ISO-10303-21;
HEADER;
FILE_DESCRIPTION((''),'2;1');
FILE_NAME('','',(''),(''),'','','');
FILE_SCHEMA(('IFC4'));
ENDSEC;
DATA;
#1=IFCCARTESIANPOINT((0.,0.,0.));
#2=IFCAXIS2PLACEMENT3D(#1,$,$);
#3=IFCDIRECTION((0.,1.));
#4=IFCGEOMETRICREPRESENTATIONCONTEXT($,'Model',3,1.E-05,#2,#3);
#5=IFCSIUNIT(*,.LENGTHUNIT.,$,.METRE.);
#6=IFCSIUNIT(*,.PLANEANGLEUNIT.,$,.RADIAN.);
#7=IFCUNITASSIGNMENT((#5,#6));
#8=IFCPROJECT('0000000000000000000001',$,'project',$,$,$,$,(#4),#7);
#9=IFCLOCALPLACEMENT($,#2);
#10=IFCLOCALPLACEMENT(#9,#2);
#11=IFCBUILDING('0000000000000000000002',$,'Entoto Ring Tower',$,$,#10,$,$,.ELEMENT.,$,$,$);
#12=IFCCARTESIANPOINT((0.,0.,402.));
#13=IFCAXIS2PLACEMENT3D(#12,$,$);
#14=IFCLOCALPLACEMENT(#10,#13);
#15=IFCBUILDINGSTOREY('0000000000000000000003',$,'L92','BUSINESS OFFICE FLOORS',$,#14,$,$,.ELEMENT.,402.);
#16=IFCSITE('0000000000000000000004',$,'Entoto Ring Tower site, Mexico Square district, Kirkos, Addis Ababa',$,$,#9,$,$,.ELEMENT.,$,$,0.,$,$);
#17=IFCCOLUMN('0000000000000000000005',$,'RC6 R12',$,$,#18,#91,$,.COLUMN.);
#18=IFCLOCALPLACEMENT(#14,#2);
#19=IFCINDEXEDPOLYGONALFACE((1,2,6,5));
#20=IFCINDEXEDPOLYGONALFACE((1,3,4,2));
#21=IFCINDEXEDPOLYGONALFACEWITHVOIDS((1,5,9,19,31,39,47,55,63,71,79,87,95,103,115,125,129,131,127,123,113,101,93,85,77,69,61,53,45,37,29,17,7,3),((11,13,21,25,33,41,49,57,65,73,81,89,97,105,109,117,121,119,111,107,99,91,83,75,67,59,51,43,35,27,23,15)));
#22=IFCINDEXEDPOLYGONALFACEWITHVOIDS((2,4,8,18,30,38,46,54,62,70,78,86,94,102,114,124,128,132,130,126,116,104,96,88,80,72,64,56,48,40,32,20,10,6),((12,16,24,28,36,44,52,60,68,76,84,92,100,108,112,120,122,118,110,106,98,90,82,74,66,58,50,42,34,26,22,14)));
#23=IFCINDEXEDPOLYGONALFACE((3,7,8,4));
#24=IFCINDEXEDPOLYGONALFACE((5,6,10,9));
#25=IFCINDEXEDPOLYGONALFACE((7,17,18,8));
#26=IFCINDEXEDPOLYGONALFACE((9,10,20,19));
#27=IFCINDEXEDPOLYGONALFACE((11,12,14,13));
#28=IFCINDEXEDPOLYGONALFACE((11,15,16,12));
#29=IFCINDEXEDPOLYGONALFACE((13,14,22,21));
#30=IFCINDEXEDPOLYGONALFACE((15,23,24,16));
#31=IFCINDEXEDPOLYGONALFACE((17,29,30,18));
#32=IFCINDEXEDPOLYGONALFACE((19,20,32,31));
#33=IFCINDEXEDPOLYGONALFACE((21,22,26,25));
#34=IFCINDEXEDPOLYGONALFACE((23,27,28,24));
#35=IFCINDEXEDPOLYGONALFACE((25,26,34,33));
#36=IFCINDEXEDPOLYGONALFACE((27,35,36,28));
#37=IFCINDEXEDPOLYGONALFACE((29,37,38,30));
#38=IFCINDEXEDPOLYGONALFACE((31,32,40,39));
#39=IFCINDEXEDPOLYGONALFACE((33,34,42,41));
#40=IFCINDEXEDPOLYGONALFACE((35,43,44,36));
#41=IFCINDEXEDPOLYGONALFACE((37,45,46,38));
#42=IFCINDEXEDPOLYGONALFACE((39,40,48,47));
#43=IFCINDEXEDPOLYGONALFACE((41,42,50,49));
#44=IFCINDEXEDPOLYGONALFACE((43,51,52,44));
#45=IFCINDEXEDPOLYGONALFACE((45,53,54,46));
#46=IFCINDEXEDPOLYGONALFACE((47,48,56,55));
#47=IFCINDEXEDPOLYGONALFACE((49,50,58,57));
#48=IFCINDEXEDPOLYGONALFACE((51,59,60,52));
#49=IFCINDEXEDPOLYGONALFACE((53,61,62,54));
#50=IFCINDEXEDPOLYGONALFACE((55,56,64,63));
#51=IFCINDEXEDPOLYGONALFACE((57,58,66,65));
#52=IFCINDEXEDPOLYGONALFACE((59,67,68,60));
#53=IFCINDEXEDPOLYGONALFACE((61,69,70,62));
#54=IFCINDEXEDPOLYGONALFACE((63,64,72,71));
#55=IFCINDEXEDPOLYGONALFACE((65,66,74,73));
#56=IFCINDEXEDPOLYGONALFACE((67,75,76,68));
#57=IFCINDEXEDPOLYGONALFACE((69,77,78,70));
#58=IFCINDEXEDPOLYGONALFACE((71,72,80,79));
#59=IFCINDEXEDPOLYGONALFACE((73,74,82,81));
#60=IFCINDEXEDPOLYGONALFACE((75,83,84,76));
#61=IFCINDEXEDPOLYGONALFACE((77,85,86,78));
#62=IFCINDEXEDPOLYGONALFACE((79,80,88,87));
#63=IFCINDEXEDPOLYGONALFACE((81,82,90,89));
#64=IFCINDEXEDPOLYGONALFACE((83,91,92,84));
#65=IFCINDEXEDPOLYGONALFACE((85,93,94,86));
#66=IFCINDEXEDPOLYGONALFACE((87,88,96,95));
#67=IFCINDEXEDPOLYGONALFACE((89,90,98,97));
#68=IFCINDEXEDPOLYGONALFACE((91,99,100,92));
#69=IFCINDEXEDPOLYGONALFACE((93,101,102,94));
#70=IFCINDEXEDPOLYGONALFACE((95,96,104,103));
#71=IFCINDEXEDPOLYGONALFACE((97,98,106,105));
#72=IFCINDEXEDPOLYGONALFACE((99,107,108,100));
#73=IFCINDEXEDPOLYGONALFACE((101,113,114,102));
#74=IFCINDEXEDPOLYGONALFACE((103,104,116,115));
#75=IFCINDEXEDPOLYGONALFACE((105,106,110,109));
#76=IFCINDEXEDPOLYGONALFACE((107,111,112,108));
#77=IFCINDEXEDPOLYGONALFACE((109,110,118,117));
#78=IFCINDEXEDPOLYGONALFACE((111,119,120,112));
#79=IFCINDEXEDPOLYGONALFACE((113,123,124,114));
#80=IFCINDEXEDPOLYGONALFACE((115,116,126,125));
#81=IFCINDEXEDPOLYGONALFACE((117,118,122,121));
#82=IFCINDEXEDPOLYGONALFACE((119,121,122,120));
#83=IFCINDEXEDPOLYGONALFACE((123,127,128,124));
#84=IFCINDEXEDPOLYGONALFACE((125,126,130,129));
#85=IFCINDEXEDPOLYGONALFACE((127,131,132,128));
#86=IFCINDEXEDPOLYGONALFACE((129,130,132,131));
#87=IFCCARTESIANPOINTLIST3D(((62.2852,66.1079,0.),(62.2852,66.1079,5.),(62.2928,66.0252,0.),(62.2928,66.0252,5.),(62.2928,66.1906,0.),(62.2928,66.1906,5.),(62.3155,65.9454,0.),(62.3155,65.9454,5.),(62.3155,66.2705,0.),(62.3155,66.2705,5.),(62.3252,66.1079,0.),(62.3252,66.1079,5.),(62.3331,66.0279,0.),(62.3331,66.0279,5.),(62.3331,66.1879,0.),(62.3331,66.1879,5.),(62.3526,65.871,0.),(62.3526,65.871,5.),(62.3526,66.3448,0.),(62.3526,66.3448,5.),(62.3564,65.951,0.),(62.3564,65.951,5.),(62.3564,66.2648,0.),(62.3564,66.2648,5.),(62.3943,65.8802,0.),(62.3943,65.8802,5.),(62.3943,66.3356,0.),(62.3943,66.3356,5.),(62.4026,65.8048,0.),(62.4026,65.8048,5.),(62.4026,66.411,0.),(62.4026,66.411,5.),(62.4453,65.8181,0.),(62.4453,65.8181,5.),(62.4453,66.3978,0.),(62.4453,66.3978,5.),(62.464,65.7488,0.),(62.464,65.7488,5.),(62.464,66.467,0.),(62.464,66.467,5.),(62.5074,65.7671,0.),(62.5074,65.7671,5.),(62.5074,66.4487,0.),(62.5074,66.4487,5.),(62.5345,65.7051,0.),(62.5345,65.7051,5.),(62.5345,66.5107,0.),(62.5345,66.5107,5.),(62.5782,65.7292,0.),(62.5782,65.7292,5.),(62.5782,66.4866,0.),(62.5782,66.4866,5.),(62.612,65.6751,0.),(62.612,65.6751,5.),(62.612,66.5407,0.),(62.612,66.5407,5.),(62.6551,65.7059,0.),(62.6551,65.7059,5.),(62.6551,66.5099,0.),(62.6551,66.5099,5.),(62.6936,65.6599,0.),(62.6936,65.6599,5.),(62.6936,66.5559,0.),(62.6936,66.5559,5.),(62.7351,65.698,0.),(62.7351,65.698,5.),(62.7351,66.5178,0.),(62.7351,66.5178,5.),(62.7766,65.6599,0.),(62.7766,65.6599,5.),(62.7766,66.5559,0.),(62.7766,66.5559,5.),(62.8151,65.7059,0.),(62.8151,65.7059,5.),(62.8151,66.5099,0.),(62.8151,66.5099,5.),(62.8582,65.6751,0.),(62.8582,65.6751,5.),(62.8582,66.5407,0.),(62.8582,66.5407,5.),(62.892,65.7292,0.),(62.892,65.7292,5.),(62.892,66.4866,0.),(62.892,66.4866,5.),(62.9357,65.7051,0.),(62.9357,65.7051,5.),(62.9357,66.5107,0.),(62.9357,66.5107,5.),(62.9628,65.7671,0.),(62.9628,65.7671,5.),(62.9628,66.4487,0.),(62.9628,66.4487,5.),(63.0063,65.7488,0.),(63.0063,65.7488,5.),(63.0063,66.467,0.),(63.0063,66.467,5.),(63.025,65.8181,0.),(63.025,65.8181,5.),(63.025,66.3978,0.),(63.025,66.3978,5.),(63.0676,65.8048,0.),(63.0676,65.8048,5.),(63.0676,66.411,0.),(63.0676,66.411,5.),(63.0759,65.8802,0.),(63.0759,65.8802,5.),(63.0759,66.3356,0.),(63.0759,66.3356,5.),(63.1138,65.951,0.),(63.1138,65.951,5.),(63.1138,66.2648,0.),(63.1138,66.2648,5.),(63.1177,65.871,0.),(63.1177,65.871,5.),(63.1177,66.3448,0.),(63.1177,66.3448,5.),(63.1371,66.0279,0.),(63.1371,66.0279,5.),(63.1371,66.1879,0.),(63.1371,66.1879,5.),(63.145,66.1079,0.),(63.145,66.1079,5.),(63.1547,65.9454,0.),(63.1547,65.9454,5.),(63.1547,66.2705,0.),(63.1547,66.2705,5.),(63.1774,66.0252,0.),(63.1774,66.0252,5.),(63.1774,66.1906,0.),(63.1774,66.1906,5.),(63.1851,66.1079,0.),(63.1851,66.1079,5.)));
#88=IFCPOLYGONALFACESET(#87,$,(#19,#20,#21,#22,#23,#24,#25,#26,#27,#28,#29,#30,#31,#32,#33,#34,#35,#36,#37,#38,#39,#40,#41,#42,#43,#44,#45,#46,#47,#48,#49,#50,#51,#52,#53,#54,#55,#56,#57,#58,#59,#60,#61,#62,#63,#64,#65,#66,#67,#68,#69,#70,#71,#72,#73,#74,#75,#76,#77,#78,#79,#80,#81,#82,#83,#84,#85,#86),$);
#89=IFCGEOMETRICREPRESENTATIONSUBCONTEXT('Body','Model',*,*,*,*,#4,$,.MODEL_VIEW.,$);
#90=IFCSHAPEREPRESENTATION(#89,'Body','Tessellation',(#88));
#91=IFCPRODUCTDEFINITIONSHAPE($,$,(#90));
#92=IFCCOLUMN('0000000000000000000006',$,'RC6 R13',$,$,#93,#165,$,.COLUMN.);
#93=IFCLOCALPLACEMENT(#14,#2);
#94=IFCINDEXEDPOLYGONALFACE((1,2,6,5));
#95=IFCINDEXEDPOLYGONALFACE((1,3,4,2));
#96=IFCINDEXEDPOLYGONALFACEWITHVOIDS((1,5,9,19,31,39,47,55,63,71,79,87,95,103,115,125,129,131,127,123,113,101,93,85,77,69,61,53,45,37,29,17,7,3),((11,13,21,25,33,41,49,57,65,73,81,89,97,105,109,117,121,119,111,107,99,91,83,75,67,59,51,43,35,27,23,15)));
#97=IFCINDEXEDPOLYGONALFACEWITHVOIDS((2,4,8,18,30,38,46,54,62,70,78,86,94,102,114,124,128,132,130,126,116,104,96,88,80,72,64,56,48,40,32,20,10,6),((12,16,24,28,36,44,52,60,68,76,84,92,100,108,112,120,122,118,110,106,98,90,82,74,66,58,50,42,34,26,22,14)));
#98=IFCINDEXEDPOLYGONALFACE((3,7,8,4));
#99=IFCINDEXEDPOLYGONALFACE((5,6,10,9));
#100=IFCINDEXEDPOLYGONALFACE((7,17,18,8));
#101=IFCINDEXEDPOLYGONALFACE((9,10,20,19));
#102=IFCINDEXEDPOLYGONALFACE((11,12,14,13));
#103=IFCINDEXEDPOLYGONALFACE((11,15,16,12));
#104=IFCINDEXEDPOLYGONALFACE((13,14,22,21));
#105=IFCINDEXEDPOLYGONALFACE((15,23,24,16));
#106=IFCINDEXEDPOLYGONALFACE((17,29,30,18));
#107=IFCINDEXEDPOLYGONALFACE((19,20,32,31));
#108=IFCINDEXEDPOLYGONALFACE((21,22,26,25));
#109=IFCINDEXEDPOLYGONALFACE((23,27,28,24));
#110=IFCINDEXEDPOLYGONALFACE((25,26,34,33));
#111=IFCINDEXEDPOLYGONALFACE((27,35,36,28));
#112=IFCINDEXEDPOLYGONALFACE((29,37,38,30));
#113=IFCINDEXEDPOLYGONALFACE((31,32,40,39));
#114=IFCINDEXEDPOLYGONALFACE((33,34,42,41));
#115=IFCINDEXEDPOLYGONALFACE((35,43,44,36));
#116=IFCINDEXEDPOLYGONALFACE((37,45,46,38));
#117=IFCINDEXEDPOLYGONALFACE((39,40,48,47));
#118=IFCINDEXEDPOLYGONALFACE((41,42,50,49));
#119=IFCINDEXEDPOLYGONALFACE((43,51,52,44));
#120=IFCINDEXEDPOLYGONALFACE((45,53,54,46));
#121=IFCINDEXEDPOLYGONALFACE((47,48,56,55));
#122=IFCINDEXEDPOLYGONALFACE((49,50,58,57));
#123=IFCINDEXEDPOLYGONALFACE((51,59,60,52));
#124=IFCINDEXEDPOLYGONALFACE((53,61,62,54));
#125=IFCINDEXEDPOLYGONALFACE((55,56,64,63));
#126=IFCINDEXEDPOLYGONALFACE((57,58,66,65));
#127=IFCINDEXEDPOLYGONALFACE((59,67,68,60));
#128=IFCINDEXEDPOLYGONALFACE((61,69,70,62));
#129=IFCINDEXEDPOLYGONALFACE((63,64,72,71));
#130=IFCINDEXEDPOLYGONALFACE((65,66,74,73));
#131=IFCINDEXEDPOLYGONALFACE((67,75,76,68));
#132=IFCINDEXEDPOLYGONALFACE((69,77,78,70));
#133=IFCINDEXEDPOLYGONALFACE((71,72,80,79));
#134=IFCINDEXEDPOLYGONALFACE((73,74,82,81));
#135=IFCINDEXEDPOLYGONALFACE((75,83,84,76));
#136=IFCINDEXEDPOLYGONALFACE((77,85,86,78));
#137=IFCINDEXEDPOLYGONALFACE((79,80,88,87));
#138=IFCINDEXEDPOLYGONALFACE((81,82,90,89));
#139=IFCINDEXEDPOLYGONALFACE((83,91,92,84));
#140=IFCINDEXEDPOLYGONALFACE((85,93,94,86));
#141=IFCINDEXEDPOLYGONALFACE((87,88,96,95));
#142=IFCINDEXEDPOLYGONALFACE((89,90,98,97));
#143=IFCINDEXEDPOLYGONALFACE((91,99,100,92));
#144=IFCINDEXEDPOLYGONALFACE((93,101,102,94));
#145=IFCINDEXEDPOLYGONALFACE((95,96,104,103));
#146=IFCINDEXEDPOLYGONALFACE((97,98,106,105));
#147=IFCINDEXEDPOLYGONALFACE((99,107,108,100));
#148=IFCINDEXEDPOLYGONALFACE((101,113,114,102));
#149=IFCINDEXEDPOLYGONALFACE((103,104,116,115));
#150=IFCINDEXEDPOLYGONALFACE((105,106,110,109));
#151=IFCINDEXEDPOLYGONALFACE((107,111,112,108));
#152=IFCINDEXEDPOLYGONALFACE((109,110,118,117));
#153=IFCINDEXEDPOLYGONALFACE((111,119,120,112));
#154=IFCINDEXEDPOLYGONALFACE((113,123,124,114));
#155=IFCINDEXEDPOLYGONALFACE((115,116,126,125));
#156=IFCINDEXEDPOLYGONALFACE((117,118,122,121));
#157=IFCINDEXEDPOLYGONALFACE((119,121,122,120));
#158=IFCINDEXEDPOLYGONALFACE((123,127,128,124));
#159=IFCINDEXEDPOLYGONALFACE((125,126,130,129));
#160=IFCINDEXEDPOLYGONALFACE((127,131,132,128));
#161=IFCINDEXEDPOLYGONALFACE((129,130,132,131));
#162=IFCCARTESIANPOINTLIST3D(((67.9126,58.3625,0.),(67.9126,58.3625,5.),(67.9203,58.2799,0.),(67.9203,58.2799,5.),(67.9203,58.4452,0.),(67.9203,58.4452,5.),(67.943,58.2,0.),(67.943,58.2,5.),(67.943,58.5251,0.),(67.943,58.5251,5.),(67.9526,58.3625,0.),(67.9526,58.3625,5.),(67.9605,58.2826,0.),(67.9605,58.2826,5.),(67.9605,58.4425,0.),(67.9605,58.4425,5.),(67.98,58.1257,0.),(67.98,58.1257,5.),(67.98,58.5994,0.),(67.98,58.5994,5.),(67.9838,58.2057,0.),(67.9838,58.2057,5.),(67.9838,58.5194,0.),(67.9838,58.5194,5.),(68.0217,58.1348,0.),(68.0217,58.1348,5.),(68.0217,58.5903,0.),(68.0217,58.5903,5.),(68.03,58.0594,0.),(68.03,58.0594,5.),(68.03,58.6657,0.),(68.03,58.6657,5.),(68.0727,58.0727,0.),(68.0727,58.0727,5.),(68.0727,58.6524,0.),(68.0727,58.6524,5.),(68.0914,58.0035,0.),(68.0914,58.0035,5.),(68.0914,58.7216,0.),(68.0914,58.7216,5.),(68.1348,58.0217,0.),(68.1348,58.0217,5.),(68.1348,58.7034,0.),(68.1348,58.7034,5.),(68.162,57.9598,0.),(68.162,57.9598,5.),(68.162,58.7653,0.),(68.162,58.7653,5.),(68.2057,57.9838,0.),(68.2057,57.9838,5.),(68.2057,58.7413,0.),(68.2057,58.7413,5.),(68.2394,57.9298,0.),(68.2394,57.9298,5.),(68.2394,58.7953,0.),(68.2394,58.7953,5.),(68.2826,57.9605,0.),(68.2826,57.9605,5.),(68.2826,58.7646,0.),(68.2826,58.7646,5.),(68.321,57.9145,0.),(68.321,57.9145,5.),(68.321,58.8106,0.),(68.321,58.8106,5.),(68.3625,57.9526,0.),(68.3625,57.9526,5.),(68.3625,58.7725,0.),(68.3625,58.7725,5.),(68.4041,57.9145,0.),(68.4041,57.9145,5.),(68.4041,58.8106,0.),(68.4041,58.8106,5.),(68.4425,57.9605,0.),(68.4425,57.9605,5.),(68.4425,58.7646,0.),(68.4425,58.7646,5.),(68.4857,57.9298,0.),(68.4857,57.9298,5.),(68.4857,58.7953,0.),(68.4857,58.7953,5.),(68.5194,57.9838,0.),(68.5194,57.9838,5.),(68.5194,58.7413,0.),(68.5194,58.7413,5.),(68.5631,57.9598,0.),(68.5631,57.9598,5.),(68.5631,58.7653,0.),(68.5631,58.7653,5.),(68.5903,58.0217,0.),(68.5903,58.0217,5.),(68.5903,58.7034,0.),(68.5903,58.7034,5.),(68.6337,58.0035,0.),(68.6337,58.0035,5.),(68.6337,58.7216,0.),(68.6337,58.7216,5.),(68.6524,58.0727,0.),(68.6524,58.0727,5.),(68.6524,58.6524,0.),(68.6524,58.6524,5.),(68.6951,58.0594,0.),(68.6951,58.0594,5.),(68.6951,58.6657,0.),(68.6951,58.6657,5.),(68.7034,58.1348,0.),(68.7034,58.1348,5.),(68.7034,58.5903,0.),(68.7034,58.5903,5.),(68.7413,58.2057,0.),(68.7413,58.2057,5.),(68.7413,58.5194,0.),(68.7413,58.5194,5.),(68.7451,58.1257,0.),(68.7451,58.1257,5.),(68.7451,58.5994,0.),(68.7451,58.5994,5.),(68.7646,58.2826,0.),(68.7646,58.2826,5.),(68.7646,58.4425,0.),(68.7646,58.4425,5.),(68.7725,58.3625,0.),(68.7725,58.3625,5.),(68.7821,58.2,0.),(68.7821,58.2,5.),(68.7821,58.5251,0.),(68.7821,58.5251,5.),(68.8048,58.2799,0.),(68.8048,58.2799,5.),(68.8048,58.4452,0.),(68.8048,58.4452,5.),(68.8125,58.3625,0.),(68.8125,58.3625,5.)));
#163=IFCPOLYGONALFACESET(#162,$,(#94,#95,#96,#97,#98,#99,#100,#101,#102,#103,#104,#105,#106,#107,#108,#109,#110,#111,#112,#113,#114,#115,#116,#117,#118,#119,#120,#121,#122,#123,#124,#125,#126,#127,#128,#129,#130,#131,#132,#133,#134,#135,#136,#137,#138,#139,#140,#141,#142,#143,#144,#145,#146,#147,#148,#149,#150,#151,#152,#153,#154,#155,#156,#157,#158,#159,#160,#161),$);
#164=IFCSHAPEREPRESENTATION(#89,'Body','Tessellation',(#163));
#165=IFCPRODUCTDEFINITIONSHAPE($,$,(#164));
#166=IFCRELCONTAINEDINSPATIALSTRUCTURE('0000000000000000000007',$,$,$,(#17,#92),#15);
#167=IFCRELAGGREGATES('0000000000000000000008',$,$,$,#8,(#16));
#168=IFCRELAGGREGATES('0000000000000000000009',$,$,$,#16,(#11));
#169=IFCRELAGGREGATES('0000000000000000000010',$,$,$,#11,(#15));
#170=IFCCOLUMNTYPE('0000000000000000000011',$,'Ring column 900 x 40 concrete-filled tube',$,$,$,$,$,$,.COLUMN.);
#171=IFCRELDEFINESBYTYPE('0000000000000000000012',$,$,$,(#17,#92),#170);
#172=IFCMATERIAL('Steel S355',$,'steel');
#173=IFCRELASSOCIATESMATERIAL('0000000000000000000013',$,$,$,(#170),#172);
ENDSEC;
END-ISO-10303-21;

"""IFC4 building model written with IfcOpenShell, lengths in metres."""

from ifc_helpers import new_model, si_unit, direction, frame, origin, origin_2d, place, context, subcontext, project, spatial, circle, hollow_circle, extrude, material, material_profile, profile_set, type_object, element, save


model = new_model("IFC4")

# Units and contexts
model_context = context("Model", 3, precision=1e-05, world=origin(), true_north=direction((0.0, 1.0)))
body_context = subcontext(model_context, "Body", "Model", "MODEL_VIEW")
ifc_project = project(units=[si_unit("LENGTHUNIT", "METRE"), si_unit("PLANEANGLEUNIT", "RADIAN")], contexts=[model_context])

# Site, building, storey
site_placement = place(None, origin())
site = spatial("IfcSite", under=ifc_project, at=site_placement, Name="Entoto Ring Tower site, Mexico Square district, Kirkos, Addis Ababa", CompositionType="ELEMENT", RefElevation=0.0)
building_placement = place(site_placement, origin())
building = spatial("IfcBuilding", under=site, at=building_placement, Name="Entoto Ring Tower", CompositionType="ELEMENT")
storey_placement = place(building_placement, frame((0.0, 0.0, 402.0)))
storey = spatial("IfcBuildingStorey", under=building, at=storey_placement, Name="L92", Description="BUSINESS OFFICE FLOORS", CompositionType="ELEMENT", Elevation=402.0)

# Columns
ifc_material_1 = material(Name="Steel S355", Category="steel")
ifc_material_profile_1 = material_profile(ifc_material_1, hollow_circle(Radius=0.45, WallThickness=0.04, at=origin_2d()), Name="CHS 900 x 40")
ifc_material_2 = material(Name="Concrete C60/75", Category="concrete")
ifc_material_profile_2 = material_profile(ifc_material_2, circle(Radius=0.4099, at=origin_2d()), Name="Concrete C60/75 infill")
ifc_profile_set_1 = profile_set([ifc_material_profile_1, ifc_material_profile_2], Name="Steel S355")
column_type = type_object("IfcColumnType", Name="Ring column 900 x 40 concrete-filled tube", PredefinedType="COLUMN", material=ifc_profile_set_1)
for number, where, z_axis, x_axis, name in (
    (1, (62.7351, 66.1079, 0.0), (0.0, 0.0, 1.0), (1.0, 0.0, 0.0), "RC6 R12"),
    (2, (68.3625, 58.3625, 0.0), (0.0, 0.0, 1.0), (1.0, 0.0, 0.0), "RC6 R13"),
):
    element("IfcColumn", number, at=place(storey_placement, frame(where, z_axis=z_axis, x_axis=x_axis)), inside=storey, type_object=column_type, Name=name, PredefinedType="COLUMN", context=body_context, shape_type="SweptSolid", body=[
        extrude(hollow_circle(Radius=0.45, WallThickness=0.04, at=origin_2d()), origin(), (0.0, 0.0, 1.0), 5.0),
    ])

save(model, "model.ifc")
